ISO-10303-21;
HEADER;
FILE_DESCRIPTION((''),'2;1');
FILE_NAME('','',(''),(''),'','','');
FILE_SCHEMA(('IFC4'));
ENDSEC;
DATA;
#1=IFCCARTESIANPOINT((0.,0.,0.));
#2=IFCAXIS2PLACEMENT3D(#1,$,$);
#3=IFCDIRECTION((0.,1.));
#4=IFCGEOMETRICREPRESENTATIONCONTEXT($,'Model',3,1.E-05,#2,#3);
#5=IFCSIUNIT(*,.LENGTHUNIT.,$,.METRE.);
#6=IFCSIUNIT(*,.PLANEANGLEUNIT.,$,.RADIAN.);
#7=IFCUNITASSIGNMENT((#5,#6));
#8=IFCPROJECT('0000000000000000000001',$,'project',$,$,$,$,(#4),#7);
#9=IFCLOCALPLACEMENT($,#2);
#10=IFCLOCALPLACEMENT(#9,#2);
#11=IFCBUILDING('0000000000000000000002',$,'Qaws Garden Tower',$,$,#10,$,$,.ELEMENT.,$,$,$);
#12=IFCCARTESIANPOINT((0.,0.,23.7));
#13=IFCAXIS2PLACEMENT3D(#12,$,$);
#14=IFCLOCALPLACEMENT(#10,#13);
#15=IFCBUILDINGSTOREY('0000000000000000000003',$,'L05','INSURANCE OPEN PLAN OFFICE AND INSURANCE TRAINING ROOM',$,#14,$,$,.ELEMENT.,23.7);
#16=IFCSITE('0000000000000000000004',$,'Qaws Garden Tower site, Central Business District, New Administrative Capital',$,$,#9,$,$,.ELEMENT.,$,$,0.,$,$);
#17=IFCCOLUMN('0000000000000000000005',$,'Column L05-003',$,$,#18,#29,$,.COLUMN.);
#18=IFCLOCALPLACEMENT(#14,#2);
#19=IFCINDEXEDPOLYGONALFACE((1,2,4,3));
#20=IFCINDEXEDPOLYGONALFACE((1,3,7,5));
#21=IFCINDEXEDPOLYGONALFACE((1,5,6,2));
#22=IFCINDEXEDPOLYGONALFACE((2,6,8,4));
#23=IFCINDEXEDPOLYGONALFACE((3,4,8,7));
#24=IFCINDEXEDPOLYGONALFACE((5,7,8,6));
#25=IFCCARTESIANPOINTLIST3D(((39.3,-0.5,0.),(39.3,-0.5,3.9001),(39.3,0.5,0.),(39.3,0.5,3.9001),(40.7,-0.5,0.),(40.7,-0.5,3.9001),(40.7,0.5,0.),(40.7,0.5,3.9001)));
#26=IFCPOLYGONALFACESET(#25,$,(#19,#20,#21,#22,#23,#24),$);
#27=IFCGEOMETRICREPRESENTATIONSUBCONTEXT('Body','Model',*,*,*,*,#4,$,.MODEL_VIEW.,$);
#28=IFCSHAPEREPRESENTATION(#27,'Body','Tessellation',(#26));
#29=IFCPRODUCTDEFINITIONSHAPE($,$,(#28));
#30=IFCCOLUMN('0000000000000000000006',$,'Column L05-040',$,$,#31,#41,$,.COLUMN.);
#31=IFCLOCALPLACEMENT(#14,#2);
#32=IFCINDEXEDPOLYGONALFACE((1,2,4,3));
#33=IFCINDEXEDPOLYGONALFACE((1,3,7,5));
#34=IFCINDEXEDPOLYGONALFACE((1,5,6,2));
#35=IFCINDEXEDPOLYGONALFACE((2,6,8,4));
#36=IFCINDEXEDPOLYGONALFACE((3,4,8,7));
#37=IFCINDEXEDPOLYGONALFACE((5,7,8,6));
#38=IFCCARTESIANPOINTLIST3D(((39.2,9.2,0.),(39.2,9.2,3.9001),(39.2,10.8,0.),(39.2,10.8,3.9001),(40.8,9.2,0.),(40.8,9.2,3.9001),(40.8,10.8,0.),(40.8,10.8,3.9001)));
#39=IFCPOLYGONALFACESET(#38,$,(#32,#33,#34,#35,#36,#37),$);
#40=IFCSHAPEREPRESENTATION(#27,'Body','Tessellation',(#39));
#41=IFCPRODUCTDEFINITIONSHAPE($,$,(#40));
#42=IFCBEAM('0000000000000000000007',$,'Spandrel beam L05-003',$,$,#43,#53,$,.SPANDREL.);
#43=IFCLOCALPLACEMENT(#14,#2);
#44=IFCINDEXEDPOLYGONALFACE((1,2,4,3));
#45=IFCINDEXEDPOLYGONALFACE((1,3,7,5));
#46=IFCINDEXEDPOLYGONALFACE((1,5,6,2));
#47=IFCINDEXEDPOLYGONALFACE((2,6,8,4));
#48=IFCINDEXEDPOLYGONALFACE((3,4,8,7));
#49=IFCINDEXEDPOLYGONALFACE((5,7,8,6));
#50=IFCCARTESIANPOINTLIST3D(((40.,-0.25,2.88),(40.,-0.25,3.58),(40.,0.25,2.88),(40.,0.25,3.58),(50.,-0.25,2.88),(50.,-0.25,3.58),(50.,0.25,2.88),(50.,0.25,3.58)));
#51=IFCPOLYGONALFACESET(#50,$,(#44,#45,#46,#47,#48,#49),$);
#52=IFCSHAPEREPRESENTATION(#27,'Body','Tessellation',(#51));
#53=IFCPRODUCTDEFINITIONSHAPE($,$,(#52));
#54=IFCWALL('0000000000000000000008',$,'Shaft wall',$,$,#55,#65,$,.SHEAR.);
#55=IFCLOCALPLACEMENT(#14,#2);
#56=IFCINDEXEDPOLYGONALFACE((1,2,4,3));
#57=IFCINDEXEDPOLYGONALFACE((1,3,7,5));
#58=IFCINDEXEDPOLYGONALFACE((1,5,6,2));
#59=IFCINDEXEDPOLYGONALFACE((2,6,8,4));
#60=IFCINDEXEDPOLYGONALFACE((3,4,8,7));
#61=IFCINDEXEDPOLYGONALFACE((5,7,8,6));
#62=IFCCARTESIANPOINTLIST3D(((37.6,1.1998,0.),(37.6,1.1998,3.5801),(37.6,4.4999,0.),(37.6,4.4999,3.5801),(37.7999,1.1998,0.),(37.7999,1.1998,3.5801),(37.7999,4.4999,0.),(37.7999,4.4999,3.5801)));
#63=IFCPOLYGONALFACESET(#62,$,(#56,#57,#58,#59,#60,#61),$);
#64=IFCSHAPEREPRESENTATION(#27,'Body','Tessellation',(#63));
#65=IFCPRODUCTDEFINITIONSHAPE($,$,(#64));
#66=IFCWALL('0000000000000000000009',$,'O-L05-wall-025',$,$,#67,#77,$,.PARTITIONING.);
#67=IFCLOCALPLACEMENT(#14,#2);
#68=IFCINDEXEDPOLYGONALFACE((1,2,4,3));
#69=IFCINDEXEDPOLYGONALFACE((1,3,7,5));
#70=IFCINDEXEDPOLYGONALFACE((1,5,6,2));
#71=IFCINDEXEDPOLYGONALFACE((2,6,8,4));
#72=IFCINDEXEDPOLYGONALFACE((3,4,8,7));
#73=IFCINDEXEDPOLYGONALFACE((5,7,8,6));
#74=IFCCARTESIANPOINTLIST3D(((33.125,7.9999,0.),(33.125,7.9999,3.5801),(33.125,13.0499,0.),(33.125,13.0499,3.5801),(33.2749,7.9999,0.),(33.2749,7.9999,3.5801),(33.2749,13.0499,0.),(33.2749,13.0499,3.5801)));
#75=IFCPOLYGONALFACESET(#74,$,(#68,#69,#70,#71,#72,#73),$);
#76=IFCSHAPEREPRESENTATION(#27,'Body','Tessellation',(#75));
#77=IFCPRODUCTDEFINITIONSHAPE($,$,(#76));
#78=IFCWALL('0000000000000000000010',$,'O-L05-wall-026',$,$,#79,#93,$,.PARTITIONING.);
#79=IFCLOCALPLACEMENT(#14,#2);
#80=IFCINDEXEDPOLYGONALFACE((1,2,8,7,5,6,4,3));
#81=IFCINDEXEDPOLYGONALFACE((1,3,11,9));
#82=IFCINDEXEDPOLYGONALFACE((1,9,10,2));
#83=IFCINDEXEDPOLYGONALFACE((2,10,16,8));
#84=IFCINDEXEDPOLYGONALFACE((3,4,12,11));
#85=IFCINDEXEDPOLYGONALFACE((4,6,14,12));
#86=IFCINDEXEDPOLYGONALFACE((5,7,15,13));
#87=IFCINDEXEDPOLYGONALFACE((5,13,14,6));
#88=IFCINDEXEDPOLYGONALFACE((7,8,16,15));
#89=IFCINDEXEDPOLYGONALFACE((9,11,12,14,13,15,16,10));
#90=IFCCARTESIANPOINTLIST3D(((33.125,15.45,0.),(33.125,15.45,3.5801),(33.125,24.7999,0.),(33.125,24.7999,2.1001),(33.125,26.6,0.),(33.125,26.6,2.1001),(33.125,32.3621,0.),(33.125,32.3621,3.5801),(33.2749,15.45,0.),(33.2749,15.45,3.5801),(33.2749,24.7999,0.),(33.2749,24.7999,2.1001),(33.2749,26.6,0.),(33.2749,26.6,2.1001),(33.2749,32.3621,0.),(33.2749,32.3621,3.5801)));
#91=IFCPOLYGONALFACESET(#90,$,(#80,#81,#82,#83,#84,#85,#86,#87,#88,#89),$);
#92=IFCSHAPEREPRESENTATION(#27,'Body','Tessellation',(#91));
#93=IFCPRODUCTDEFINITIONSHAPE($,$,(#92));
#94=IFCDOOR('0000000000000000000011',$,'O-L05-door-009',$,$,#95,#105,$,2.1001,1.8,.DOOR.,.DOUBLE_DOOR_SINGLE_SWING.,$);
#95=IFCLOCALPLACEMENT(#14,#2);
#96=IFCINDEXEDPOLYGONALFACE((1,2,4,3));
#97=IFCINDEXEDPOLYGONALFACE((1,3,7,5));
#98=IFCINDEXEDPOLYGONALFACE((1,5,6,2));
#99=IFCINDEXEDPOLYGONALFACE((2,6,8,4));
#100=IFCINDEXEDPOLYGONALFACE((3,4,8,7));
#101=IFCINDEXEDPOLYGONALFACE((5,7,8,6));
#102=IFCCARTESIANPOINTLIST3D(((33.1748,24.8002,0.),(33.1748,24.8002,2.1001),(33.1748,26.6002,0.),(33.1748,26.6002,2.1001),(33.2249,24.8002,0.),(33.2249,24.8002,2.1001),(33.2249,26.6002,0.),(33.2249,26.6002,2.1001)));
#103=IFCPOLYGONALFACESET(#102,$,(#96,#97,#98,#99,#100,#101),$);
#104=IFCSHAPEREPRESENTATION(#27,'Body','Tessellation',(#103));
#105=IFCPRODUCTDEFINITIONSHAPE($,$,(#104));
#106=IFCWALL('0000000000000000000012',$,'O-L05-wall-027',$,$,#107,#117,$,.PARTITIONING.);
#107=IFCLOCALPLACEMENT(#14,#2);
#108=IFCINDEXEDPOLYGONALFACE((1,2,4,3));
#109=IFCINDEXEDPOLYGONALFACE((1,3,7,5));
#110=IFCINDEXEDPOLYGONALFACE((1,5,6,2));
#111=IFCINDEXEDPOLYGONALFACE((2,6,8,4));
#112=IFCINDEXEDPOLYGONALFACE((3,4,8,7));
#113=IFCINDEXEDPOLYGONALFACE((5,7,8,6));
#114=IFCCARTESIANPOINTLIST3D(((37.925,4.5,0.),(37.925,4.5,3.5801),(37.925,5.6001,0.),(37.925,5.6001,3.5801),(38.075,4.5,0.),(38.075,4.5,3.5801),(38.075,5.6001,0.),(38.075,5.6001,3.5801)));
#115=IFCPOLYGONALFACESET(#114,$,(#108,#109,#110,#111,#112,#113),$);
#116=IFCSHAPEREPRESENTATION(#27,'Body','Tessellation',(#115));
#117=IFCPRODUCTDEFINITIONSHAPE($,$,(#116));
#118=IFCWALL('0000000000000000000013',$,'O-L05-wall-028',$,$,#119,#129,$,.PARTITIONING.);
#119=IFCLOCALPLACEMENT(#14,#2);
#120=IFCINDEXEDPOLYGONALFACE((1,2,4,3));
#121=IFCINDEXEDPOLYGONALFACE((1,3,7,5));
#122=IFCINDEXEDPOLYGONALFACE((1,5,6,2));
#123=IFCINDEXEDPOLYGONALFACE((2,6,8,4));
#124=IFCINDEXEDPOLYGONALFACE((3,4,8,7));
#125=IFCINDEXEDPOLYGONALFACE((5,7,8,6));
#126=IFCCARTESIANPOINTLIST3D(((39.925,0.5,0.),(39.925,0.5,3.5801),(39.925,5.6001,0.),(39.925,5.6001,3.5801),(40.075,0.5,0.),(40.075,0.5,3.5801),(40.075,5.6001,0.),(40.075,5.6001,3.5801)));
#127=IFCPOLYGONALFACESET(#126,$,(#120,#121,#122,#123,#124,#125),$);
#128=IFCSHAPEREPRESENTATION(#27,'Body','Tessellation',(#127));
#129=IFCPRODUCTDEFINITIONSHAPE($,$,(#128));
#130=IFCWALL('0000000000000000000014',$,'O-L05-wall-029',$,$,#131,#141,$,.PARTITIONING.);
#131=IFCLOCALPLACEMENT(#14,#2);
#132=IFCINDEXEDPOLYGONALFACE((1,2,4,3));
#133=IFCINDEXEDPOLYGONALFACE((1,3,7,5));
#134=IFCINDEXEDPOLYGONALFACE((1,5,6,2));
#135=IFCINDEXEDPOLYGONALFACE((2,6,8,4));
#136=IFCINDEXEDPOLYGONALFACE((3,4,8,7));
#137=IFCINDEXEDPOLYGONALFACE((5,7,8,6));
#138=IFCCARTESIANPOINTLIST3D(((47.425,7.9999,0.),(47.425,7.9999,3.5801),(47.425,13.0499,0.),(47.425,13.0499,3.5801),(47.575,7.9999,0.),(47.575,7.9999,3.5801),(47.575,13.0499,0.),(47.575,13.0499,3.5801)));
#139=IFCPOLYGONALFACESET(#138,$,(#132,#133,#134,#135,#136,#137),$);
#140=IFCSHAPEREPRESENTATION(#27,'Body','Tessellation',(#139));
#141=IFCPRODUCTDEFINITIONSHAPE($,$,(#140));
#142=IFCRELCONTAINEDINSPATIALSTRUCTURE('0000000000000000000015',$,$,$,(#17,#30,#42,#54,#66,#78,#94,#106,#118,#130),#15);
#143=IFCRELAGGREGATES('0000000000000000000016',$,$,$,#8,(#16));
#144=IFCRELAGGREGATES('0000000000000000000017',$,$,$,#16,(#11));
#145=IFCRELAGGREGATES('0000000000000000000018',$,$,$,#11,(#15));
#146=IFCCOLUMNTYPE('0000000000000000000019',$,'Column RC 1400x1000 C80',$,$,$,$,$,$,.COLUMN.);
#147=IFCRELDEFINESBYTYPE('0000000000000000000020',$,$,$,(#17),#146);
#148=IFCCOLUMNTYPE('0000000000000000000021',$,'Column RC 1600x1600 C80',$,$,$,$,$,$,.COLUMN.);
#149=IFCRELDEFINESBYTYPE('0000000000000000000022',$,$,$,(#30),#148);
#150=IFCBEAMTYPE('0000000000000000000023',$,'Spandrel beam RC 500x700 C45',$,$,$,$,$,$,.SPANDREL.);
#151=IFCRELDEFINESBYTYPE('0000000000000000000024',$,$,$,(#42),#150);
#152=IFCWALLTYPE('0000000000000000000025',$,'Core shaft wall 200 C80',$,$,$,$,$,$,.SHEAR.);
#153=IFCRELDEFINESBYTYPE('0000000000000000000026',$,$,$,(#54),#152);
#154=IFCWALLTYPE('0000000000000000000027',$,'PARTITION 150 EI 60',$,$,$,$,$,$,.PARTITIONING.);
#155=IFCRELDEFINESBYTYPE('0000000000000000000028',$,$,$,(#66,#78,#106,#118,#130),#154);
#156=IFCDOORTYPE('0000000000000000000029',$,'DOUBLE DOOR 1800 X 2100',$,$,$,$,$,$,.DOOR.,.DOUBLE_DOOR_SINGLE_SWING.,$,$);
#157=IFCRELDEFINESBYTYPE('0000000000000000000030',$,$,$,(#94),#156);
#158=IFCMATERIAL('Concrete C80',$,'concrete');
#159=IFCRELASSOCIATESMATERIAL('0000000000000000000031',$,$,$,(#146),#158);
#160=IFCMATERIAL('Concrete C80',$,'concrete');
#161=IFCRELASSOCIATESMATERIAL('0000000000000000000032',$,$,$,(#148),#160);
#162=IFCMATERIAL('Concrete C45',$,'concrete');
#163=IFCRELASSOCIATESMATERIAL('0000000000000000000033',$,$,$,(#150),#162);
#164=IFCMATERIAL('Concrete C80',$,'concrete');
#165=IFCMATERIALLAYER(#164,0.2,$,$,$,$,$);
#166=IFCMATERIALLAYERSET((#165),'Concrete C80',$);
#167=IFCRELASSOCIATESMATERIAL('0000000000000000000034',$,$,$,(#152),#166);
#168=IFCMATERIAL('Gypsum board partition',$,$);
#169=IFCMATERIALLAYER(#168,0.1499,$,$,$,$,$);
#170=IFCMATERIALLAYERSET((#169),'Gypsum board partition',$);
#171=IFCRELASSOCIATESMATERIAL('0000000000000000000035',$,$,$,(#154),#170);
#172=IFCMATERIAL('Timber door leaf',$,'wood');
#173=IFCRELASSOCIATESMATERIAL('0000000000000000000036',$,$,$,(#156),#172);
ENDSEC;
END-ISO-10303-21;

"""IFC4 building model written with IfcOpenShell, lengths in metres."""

from ifc_helpers import new_model, si_unit, direction, frame, frame_2d, origin, origin_2d, place, context, subcontext, project, spatial, rectangle, extrude, material, layer, layer_set, material_profile, profile_set, type_object, element, fill, save


model = new_model("IFC4")

# Units and contexts
model_context = context("Model", 3, precision=1e-05, world=origin(), true_north=direction((0.0, 1.0)))
body_context = subcontext(model_context, "Body", "Model", "MODEL_VIEW")
ifc_project = project(units=[si_unit("LENGTHUNIT", "METRE"), si_unit("PLANEANGLEUNIT", "RADIAN")], contexts=[model_context])

# Site, building, storey
site_placement = place(None, origin())
site = spatial("IfcSite", under=ifc_project, at=site_placement, Name="Qaws Garden Tower site, Central Business District, New Administrative Capital", CompositionType="ELEMENT", RefElevation=0.0)
building_placement = place(site_placement, origin())
building = spatial("IfcBuilding", under=site, at=building_placement, Name="Qaws Garden Tower", CompositionType="ELEMENT")
storey_placement = place(building_placement, frame((0.0, 0.0, 23.7)))
storey = spatial("IfcBuildingStorey", under=building, at=storey_placement, Name="L05", Description="INSURANCE OPEN PLAN OFFICE AND INSURANCE TRAINING ROOM", CompositionType="ELEMENT", Elevation=23.7)

# Columns
ifc_material_1 = material(Name="Concrete C80", Category="concrete")
ifc_material_profile_1 = material_profile(ifc_material_1, rectangle(XDim=1.3999, YDim=1.0, at=origin_2d()), Name="RC 1400x1000")
ifc_profile_set_1 = profile_set([ifc_material_profile_1], Name="Concrete C80")
column_type_1 = type_object("IfcColumnType", Name="Column RC 1400x1000 C80", PredefinedType="COLUMN", material=ifc_profile_set_1)
column_1_placement = place(storey_placement, frame((40.0, 0.0, 0.0), z_axis=(0.0, 0.0, 1.0), x_axis=(1.0, 0.0, 0.0)))
element("IfcColumn", 1, at=column_1_placement, inside=storey, type_object=column_type_1, Name="Column L05-003", PredefinedType="COLUMN", context=body_context, shape_type="SweptSolid", body=[
    extrude(rectangle(XDim=1.3999, YDim=1.0, at=origin_2d()), origin(), (0.0, 0.0, 1.0), 3.9001),
])
ifc_material_2 = material(Name="Concrete C80", Category="concrete")
ifc_material_profile_2 = material_profile(ifc_material_2, rectangle(XDim=1.6001, YDim=1.6001, at=origin_2d()), Name="RC 1600x1600")
ifc_profile_set_2 = profile_set([ifc_material_profile_2], Name="Concrete C80")
column_type_2 = type_object("IfcColumnType", Name="Column RC 1600x1600 C80", PredefinedType="COLUMN", material=ifc_profile_set_2)
column_2_placement = place(storey_placement, frame((40.0, 10.0, 0.0), z_axis=(0.0, 0.0, 1.0), x_axis=(1.0, 0.0, 0.0)))
element("IfcColumn", 2, at=column_2_placement, inside=storey, type_object=column_type_2, Name="Column L05-040", PredefinedType="COLUMN", context=body_context, shape_type="SweptSolid", body=[
    extrude(rectangle(XDim=1.6001, YDim=1.6001, at=origin_2d()), origin(), (0.0, 0.0, 1.0), 3.9001),
])

# Beam
ifc_material_3 = material(Name="Concrete C45", Category="concrete")
ifc_material_profile_3 = material_profile(ifc_material_3, rectangle(XDim=0.5, YDim=0.7, at=origin_2d()), Name="RC 500x700")
ifc_profile_set_3 = profile_set([ifc_material_profile_3], Name="Concrete C45")
beam_type = type_object("IfcBeamType", Name="Spandrel beam RC 500x700 C45", PredefinedType="SPANDREL", material=ifc_profile_set_3)
beam_placement = place(storey_placement, frame((40.0, 0.0, 3.23), z_axis=(1.0, 0.0, 0.0), x_axis=(0.0, 1.0, 0.0)))
element("IfcBeam", 3, at=beam_placement, inside=storey, type_object=beam_type, Name="Spandrel beam L05-003", PredefinedType="SPANDREL", context=body_context, shape_type="SweptSolid", body=[
    extrude(rectangle(XDim=0.5, YDim=0.7, at=origin_2d()), origin(), (0.0, 0.0, 1.0), 10.0),
])

# Walls
ifc_material_4 = material(Name="Concrete C80", Category="concrete")
ifc_layer_1 = layer(ifc_material_4, 0.2)
ifc_layer_set_1 = layer_set([ifc_layer_1], Name="Concrete C80")
wall_type_1 = type_object("IfcWallType", Name="Core shaft wall 200 C80", PredefinedType="SHEAR", material=ifc_layer_set_1)
wall_1_placement = place(storey_placement, frame((37.7, 1.2, 0.0), z_axis=(0.0, 0.0, 1.0), x_axis=(0.0, 1.0, 0.0)))
element("IfcWall", 4, at=wall_1_placement, inside=storey, type_object=wall_type_1, Name="Shaft wall", PredefinedType="SHEAR", context=body_context, shape_type="SweptSolid", body=[
    extrude(rectangle(XDim=3.3, YDim=0.2, at=frame_2d((1.6499, 0.0))), origin(), (0.0, 0.0, 1.0), 3.5801),
])
ifc_material_5 = material(Name="Gypsum board partition")
ifc_layer_2 = layer(ifc_material_5, 0.1499)
ifc_layer_set_2 = layer_set([ifc_layer_2], Name="Gypsum board partition")
wall_type_2 = type_object("IfcWallType", Name="PARTITION 150 EI 60", PredefinedType="PARTITIONING", material=ifc_layer_set_2)
wall_2_placement = place(storey_placement, frame((33.2, 8.0, 0.0), z_axis=(0.0, 0.0, 1.0), x_axis=(0.0, 1.0, 0.0)))
element("IfcWall", 5, at=wall_2_placement, inside=storey, type_object=wall_type_2, Name="O-L05-wall-025", PredefinedType="PARTITIONING", context=body_context, shape_type="SweptSolid", body=[
    extrude(rectangle(XDim=5.05, YDim=0.1499, at=frame_2d((2.5249, 0.0))), origin(), (0.0, 0.0, 1.0), 3.5801),
])

# Wall, opening, door
wall_3_placement = place(storey_placement, frame((33.2, 15.45, 0.0), z_axis=(0.0, 0.0, 1.0), x_axis=(0.0, 1.0, 0.0)))
wall_3 = element("IfcWall", 6, at=wall_3_placement, inside=storey, type_object=wall_type_2, Name="O-L05-wall-026", PredefinedType="PARTITIONING", context=body_context, shape_type="SweptSolid", body=[
    extrude(rectangle(XDim=16.9121, YDim=0.1499, at=frame_2d((8.4561, 0.0))), origin(), (0.0, 0.0, 1.0), 3.5801),
])
opening_1_placement = place(wall_3_placement, frame((9.3501, 0.0, 0.0)))
opening_1 = element("IfcOpeningElement", 7, at=opening_1_placement, cuts=wall_3, PredefinedType="OPENING", context=body_context, shape_type="SweptSolid", body=[
    extrude(rectangle(XDim=1.8, YDim=2.1001, at=frame_2d((0.8999, 1.05))), frame((0.0, 0.085, 0.0), z_axis=(0.0, -1.0, 0.0), x_axis=(1.0, 0.0, 0.0)), (0.0, 0.0, 1.0), 0.1699),
])
ifc_material_6 = material(Name="Timber door leaf", Category="wood")
door_type_1 = type_object("IfcDoorType", Name="DOUBLE DOOR 1800 X 2100", OperationType="DOUBLE_DOOR_SINGLE_SWING", PredefinedType="DOOR", material=ifc_material_6)
door_1_placement = place(opening_1_placement, frame((1.8, 0.0, 0.0), z_axis=(0.0, 0.0, 1.0), x_axis=(-1.0, 0.0, 0.0)))
door_1 = element("IfcDoor", 8, at=door_1_placement, inside=storey, type_object=door_type_1, Name="O-L05-door-009", OperationType="DOUBLE_DOOR_SINGLE_SWING", OverallHeight=2.1001, OverallWidth=1.8, PredefinedType="DOOR", context=body_context, shape_type="SweptSolid", body=[
    extrude(rectangle(XDim=1.8, YDim=2.1001, at=frame_2d((0.8999, 1.05))), frame((0.0, 0.0249, 0.0), z_axis=(0.0, -1.0, 0.0), x_axis=(1.0, 0.0, 0.0)), (0.0, 0.0, 1.0), 0.05),
])
fill(opening_1, door_1)

# Walls
wall_4_placement = place(storey_placement, frame((38.0, 4.5, 0.0), z_axis=(0.0, 0.0, 1.0), x_axis=(0.0, 1.0, 0.0)))
element("IfcWall", 9, at=wall_4_placement, inside=storey, type_object=wall_type_2, Name="O-L05-wall-027", PredefinedType="PARTITIONING", context=body_context, shape_type="SweptSolid", body=[
    extrude(rectangle(XDim=1.1001, YDim=0.1499, at=frame_2d((0.55, 0.0))), origin(), (0.0, 0.0, 1.0), 3.5801),
])
wall_5_placement = place(storey_placement, frame((40.0, 0.5, 0.0), z_axis=(0.0, 0.0, 1.0), x_axis=(0.0, 1.0, 0.0)))
element("IfcWall", 10, at=wall_5_placement, inside=storey, type_object=wall_type_2, Name="O-L05-wall-028", PredefinedType="PARTITIONING", context=body_context, shape_type="SweptSolid", body=[
    extrude(rectangle(XDim=5.1001, YDim=0.1499, at=frame_2d((2.55, 0.0))), origin(), (0.0, 0.0, 1.0), 3.5801),
])
wall_6_placement = place(storey_placement, frame((47.5, 8.0, 0.0), z_axis=(0.0, 0.0, 1.0), x_axis=(0.0, 1.0, 0.0)))
element("IfcWall", 11, at=wall_6_placement, inside=storey, type_object=wall_type_2, Name="O-L05-wall-029", PredefinedType="PARTITIONING", context=body_context, shape_type="SweptSolid", body=[
    extrude(rectangle(XDim=5.05, YDim=0.1499, at=frame_2d((2.5249, 0.0))), origin(), (0.0, 0.0, 1.0), 3.5801),
])

save(model, "model.ifc")
